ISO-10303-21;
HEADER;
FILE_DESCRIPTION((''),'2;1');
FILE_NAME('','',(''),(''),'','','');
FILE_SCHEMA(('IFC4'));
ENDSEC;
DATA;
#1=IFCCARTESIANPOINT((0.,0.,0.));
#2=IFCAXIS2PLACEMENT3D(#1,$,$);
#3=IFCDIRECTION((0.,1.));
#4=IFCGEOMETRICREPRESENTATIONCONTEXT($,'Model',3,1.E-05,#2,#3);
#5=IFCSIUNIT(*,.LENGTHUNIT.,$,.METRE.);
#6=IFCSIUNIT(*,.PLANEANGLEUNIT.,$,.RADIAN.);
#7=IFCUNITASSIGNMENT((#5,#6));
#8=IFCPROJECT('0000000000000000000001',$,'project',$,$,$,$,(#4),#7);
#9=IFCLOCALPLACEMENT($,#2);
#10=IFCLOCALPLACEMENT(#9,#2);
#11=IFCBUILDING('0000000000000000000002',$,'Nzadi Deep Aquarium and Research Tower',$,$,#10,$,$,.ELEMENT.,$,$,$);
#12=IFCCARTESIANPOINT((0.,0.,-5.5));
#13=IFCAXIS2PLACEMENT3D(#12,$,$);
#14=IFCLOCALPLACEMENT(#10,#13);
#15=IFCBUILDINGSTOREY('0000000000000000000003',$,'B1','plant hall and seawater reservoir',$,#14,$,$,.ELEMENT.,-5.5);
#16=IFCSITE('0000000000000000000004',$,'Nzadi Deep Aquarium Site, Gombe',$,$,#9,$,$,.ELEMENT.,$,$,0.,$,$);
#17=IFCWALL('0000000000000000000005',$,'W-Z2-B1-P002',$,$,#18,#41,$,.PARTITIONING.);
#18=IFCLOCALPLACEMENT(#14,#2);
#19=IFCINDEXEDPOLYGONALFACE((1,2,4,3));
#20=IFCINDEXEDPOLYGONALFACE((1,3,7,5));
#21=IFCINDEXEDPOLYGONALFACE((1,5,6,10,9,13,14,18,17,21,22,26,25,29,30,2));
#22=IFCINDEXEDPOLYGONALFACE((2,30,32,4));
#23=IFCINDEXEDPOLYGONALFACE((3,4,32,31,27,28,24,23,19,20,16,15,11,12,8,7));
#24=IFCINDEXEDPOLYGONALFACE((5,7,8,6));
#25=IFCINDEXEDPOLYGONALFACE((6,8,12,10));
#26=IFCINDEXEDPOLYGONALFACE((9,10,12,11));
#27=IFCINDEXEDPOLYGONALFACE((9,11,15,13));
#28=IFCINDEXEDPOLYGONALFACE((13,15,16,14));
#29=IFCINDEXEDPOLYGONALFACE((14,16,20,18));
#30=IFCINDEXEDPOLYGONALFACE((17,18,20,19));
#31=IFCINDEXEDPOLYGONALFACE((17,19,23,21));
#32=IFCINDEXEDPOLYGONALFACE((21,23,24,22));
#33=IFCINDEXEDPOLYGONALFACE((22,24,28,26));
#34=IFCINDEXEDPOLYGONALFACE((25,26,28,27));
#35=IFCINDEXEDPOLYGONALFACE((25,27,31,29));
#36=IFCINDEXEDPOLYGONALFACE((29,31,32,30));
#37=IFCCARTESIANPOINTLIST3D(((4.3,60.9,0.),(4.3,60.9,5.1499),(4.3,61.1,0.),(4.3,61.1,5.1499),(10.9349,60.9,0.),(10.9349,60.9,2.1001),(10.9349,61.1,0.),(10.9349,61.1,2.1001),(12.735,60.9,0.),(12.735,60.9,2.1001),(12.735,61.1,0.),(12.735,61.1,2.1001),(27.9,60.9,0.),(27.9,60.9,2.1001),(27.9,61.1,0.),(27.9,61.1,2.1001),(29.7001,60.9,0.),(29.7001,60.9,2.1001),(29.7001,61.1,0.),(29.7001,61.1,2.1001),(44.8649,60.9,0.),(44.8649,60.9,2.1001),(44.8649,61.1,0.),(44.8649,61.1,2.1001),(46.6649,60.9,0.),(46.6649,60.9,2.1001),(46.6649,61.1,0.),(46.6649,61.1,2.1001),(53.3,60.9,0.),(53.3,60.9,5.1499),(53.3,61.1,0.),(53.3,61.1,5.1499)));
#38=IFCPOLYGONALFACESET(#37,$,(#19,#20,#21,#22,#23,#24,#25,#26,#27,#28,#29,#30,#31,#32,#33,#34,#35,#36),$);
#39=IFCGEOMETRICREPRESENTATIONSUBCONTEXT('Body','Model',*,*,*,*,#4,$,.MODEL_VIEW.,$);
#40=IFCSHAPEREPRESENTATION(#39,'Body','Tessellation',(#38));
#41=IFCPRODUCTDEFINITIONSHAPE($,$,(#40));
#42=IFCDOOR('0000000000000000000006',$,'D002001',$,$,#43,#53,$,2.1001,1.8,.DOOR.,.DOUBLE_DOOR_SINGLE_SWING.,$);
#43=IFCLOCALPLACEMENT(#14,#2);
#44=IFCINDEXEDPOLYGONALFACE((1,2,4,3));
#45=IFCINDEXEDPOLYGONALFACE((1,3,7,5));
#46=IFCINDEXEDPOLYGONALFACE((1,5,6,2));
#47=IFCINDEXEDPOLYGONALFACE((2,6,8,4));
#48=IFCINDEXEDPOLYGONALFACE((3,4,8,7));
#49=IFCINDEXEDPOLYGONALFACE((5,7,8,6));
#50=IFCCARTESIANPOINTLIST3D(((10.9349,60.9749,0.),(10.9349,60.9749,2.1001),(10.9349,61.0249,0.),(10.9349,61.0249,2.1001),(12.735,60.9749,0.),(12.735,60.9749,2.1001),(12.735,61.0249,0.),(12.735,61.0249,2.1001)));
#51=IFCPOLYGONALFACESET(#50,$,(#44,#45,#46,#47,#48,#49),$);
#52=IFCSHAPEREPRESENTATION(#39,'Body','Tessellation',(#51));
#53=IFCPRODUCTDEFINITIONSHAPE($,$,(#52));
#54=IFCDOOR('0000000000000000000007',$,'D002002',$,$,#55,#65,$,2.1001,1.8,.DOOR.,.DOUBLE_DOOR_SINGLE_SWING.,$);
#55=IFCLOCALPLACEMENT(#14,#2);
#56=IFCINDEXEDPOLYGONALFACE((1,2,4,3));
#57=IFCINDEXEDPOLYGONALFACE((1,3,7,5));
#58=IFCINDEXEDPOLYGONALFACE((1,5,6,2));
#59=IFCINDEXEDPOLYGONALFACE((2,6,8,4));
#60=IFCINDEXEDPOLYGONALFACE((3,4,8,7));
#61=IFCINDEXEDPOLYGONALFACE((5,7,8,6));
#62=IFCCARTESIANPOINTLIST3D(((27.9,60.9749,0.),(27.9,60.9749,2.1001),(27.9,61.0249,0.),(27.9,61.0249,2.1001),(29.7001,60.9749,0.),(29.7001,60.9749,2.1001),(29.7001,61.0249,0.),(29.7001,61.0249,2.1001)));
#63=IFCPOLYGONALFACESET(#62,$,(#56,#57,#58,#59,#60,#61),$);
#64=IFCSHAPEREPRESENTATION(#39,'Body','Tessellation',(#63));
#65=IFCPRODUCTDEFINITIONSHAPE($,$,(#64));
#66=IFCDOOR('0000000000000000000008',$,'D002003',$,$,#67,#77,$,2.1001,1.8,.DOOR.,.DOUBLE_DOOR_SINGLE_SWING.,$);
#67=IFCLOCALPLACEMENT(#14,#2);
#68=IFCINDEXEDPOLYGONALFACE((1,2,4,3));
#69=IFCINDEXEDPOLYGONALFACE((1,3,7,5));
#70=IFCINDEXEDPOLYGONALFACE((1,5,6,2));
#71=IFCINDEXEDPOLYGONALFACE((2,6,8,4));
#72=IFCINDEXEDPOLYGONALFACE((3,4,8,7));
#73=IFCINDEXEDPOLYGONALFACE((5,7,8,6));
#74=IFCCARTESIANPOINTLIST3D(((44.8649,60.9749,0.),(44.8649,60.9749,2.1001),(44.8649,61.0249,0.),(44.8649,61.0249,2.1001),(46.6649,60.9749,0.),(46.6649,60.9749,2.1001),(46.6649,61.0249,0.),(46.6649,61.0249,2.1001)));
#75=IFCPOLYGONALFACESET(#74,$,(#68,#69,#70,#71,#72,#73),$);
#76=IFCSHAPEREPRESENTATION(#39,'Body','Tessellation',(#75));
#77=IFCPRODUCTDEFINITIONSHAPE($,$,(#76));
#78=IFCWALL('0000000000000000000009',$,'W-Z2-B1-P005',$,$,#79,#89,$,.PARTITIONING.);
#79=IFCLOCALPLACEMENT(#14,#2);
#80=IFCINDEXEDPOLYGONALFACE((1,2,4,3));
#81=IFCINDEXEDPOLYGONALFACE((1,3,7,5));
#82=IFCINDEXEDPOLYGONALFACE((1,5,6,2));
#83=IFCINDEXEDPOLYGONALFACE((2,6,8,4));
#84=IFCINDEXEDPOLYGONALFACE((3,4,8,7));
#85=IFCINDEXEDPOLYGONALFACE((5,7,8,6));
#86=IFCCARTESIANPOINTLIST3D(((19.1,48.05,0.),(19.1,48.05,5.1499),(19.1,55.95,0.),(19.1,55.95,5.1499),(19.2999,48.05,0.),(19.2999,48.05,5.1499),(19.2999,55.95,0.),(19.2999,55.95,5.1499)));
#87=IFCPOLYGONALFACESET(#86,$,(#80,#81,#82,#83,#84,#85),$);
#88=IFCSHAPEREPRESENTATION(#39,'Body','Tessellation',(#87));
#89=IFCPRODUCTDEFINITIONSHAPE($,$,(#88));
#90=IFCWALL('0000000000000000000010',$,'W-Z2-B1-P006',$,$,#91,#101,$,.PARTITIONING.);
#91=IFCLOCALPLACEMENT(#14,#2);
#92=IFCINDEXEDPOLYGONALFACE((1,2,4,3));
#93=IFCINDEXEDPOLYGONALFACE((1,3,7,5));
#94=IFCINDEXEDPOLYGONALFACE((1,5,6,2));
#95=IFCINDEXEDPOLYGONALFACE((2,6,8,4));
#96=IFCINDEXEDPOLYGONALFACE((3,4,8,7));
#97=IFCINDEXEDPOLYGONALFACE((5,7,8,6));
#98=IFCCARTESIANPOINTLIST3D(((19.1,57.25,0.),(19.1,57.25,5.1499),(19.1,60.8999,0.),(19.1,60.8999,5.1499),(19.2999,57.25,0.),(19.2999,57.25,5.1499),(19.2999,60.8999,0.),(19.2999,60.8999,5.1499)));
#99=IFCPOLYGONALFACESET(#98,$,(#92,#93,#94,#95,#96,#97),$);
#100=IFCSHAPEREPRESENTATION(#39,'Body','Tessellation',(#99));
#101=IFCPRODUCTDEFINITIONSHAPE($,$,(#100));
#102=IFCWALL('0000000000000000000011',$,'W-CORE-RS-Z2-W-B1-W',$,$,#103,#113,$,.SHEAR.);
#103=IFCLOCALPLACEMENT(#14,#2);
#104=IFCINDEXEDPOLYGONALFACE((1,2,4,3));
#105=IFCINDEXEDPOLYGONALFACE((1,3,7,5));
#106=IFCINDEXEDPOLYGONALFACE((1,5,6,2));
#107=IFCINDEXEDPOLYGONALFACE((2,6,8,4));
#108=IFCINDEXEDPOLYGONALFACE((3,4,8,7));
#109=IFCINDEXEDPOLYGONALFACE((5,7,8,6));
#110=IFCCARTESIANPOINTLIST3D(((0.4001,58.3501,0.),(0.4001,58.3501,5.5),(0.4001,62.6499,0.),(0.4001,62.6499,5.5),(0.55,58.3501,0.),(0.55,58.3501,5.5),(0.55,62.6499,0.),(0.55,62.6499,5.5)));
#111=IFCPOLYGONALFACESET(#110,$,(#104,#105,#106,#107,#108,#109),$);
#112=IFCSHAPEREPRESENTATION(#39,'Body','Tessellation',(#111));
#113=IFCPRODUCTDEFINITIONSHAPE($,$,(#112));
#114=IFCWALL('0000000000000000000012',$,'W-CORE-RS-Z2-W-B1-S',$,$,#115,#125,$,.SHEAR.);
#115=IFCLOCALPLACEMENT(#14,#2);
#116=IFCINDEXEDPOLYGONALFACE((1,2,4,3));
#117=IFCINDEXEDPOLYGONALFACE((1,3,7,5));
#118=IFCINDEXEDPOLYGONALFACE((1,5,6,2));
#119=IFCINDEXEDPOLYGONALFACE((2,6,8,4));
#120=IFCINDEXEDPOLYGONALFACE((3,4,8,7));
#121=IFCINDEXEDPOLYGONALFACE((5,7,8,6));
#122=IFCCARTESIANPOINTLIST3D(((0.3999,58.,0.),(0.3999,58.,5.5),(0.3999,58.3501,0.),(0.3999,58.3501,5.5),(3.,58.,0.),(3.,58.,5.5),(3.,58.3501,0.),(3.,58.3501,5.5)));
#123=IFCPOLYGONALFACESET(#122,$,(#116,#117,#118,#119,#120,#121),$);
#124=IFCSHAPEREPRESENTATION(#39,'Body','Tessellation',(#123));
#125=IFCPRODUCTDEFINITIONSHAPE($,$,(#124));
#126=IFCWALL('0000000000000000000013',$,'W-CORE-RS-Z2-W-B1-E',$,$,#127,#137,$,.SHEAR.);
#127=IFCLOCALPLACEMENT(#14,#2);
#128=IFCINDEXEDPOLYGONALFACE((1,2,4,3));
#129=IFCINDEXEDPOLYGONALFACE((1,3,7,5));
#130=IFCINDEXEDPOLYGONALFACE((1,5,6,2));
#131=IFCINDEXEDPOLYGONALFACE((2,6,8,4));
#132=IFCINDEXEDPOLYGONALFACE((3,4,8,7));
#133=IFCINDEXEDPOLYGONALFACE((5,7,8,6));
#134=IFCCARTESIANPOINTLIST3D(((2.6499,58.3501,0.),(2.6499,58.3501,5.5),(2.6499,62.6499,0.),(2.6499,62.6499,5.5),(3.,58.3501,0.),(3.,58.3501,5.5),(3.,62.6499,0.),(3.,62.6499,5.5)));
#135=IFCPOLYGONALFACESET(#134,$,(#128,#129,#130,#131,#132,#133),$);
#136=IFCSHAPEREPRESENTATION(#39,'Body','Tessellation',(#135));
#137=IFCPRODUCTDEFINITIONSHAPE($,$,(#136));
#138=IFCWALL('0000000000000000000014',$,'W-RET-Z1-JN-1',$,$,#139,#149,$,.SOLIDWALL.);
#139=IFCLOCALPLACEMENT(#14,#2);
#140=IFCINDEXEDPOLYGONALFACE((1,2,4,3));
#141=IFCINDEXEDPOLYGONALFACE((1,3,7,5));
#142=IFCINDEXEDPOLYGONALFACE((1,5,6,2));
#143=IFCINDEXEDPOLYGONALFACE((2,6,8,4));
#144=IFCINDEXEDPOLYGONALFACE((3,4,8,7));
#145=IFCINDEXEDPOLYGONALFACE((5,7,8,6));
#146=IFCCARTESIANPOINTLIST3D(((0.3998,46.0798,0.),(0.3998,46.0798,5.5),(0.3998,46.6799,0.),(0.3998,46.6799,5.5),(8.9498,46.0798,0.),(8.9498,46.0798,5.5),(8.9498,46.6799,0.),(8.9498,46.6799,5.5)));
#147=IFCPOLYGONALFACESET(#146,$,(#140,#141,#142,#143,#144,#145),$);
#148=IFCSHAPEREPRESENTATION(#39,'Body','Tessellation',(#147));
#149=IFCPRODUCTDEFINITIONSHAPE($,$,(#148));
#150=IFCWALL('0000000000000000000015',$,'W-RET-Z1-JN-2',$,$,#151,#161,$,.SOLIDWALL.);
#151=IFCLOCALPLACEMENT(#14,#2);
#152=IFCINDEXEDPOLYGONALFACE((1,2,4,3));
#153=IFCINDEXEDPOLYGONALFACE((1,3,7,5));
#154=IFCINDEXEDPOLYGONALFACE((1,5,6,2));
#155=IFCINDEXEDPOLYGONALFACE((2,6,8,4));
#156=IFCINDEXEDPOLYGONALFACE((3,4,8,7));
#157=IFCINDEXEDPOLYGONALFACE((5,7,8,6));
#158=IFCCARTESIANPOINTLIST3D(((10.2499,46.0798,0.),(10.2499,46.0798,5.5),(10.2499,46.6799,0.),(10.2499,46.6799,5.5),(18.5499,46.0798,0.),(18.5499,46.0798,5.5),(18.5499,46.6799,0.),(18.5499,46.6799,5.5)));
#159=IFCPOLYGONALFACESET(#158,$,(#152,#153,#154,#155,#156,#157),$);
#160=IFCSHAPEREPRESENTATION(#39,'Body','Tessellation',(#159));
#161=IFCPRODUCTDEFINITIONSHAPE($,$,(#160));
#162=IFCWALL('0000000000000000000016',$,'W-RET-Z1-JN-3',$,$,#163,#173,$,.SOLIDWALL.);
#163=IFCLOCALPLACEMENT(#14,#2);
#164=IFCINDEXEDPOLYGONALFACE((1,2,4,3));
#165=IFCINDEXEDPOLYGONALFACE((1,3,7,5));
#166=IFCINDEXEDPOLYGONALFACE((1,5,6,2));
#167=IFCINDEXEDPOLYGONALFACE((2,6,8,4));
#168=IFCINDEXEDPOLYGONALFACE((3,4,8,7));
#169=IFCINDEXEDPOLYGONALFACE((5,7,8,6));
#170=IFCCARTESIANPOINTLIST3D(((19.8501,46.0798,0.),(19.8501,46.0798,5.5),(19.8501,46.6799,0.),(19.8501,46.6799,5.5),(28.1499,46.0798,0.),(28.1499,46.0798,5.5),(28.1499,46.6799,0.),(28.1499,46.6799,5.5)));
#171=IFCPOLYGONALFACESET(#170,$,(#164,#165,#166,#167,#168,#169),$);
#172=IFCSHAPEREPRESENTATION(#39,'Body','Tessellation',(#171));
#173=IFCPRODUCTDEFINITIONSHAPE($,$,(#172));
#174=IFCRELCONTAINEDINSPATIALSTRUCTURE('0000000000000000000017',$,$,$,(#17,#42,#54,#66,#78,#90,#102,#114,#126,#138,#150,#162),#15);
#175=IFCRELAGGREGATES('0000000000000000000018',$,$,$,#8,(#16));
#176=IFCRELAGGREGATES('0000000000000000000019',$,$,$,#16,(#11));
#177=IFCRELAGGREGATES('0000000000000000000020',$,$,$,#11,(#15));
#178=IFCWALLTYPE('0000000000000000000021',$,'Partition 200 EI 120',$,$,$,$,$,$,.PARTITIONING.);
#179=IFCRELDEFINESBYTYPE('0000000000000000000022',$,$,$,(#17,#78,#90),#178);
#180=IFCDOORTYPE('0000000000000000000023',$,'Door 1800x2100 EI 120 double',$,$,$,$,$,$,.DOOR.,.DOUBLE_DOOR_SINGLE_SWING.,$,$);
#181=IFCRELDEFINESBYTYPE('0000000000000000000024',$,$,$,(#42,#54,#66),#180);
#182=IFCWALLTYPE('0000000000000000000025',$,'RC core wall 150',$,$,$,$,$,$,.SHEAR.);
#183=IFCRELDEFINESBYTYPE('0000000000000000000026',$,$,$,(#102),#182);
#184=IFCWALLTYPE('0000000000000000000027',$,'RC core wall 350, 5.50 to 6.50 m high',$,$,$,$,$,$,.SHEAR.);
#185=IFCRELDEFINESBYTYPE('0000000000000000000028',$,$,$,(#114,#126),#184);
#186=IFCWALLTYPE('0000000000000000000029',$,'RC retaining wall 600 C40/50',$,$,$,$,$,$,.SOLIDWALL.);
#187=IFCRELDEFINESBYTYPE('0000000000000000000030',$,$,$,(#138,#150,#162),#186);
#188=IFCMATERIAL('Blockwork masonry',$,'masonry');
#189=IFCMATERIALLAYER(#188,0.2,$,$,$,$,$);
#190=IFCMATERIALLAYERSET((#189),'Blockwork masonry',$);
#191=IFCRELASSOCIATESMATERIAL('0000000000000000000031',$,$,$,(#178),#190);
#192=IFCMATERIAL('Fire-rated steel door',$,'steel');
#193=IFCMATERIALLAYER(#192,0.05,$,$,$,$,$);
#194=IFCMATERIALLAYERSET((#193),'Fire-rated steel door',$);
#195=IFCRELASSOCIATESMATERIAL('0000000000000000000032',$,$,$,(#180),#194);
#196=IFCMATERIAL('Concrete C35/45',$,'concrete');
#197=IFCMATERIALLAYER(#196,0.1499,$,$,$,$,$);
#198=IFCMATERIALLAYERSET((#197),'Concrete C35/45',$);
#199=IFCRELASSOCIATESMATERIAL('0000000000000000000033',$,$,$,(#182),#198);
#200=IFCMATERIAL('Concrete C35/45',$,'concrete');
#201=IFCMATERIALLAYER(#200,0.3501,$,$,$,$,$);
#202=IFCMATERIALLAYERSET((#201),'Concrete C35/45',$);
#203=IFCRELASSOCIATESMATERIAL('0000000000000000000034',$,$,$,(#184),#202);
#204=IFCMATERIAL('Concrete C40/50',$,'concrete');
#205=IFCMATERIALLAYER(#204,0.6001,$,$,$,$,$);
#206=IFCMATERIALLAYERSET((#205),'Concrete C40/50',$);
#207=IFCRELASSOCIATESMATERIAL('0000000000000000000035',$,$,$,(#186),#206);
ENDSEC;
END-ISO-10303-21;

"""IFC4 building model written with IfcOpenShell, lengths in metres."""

from ifc_helpers import new_model, si_unit, direction, frame, frame_2d, origin, place, context, subcontext, project, spatial, rectangle, extrude, material, layer, layer_set, type_object, element, fill, save


model = new_model("IFC4")

# Units and contexts
model_context = context("Model", 3, precision=1e-05, world=origin(), true_north=direction((0.0, 1.0)))
body_context = subcontext(model_context, "Body", "Model", "MODEL_VIEW")
ifc_project = project(units=[si_unit("LENGTHUNIT", "METRE"), si_unit("PLANEANGLEUNIT", "RADIAN")], contexts=[model_context])

# Site, building, storey
site_placement = place(None, origin())
site = spatial("IfcSite", under=ifc_project, at=site_placement, Name="Nzadi Deep Aquarium Site, Gombe", CompositionType="ELEMENT", RefElevation=0.0)
building_placement = place(site_placement, origin())
building = spatial("IfcBuilding", under=site, at=building_placement, Name="Nzadi Deep Aquarium and Research Tower", CompositionType="ELEMENT")
storey_placement = place(building_placement, frame((0.0, 0.0, -5.5)))
storey = spatial("IfcBuildingStorey", under=building, at=storey_placement, Name="B1", Description="plant hall and seawater reservoir", CompositionType="ELEMENT", Elevation=-5.5)

# Shared definitions
ifc_material_1 = material(Name="Blockwork masonry", Category="masonry")
ifc_layer_1 = layer(ifc_material_1, 0.2)
ifc_layer_set_1 = layer_set([ifc_layer_1], Name="Blockwork masonry")
wall_type_1 = type_object("IfcWallType", Name="Partition 200 EI 120", PredefinedType="PARTITIONING", material=ifc_layer_set_1)

# Wall, openings, doors
wall_1_placement = place(storey_placement, frame((4.3, 61.0, 0.0), z_axis=(0.0, 0.0, 1.0), x_axis=(1.0, 0.0, 0.0)))
wall_1 = element("IfcWall", 1, at=wall_1_placement, inside=storey, type_object=wall_type_1, Name="W-Z2-B1-P002", PredefinedType="PARTITIONING", context=body_context, shape_type="SweptSolid", body=[
    extrude(rectangle(XDim=49.0, YDim=0.2, at=frame_2d((24.5, 0.0))), origin(), (0.0, 0.0, 1.0), 5.1499),
])
opening_1_placement = place(wall_1_placement, frame((6.635, 0.0, 0.0)))
opening_1 = element("IfcOpeningElement", 2, at=opening_1_placement, cuts=wall_1, PredefinedType="OPENING", context=body_context, shape_type="SweptSolid", body=[
    extrude(rectangle(XDim=1.8, YDim=2.1001, at=frame_2d((0.8999, 1.05))), frame((0.0, 0.1101, 0.0), z_axis=(0.0, -1.0, 0.0), x_axis=(1.0, 0.0, 0.0)), (0.0, 0.0, 1.0), 0.2202),
])
opening_2_placement = place(wall_1_placement, frame((23.6001, 0.0, 0.0)))
opening_2 = element("IfcOpeningElement", 3, at=opening_2_placement, cuts=wall_1, PredefinedType="OPENING", context=body_context, shape_type="SweptSolid", body=[
    extrude(rectangle(XDim=1.8, YDim=2.1001, at=frame_2d((0.8999, 1.05))), frame((0.0, 0.1101, 0.0), z_axis=(0.0, -1.0, 0.0), x_axis=(1.0, 0.0, 0.0)), (0.0, 0.0, 1.0), 0.2202),
])
opening_3_placement = place(wall_1_placement, frame((40.5649, 0.0, 0.0)))
opening_3 = element("IfcOpeningElement", 4, at=opening_3_placement, cuts=wall_1, PredefinedType="OPENING", context=body_context, shape_type="SweptSolid", body=[
    extrude(rectangle(XDim=1.8, YDim=2.1001, at=frame_2d((0.8999, 1.05))), frame((0.0, 0.1101, 0.0), z_axis=(0.0, -1.0, 0.0), x_axis=(1.0, 0.0, 0.0)), (0.0, 0.0, 1.0), 0.2202),
])
ifc_material_2 = material(Name="Fire-rated steel door", Category="steel")
ifc_layer_2 = layer(ifc_material_2, 0.05)
ifc_layer_set_2 = layer_set([ifc_layer_2], Name="Fire-rated steel door")
door_type = type_object("IfcDoorType", Name="Door 1800x2100 EI 120 double", OperationType="DOUBLE_DOOR_SINGLE_SWING", PredefinedType="DOOR", material=ifc_layer_set_2)
door_1_placement = place(opening_1_placement, origin())
door_1 = element("IfcDoor", 5, at=door_1_placement, inside=storey, type_object=door_type, Name="D002001", OperationType="DOUBLE_DOOR_SINGLE_SWING", OverallHeight=2.1001, OverallWidth=1.8, PredefinedType="DOOR", context=body_context, shape_type="SweptSolid", body=[
    extrude(rectangle(XDim=1.8, YDim=2.1001, at=frame_2d((0.8999, 1.05))), frame((0.0, 0.0249, 0.0), z_axis=(0.0, -1.0, 0.0), x_axis=(1.0, 0.0, 0.0)), (0.0, 0.0, 1.0), 0.05),
])
fill(opening_1, door_1)
door_2_placement = place(opening_2_placement, origin())
door_2 = element("IfcDoor", 6, at=door_2_placement, inside=storey, type_object=door_type, Name="D002002", OperationType="DOUBLE_DOOR_SINGLE_SWING", OverallHeight=2.1001, OverallWidth=1.8, PredefinedType="DOOR", context=body_context, shape_type="SweptSolid", body=[
    extrude(rectangle(XDim=1.8, YDim=2.1001, at=frame_2d((0.8999, 1.05))), frame((0.0, 0.0249, 0.0), z_axis=(0.0, -1.0, 0.0), x_axis=(1.0, 0.0, 0.0)), (0.0, 0.0, 1.0), 0.05),
])
fill(opening_2, door_2)
door_3_placement = place(opening_3_placement, origin())
door_3 = element("IfcDoor", 7, at=door_3_placement, inside=storey, type_object=door_type, Name="D002003", OperationType="DOUBLE_DOOR_SINGLE_SWING", OverallHeight=2.1001, OverallWidth=1.8, PredefinedType="DOOR", context=body_context, shape_type="SweptSolid", body=[
    extrude(rectangle(XDim=1.8, YDim=2.1001, at=frame_2d((0.8999, 1.05))), frame((0.0, 0.0249, 0.0), z_axis=(0.0, -1.0, 0.0), x_axis=(1.0, 0.0, 0.0)), (0.0, 0.0, 1.0), 0.05),
])
fill(opening_3, door_3)

# Walls
wall_2_placement = place(storey_placement, frame((19.2, 48.05, 0.0), z_axis=(0.0, 0.0, 1.0), x_axis=(0.0, 1.0, 0.0)))
element("IfcWall", 8, at=wall_2_placement, inside=storey, type_object=wall_type_1, Name="W-Z2-B1-P005", PredefinedType="PARTITIONING", context=body_context, shape_type="SweptSolid", body=[
    extrude(rectangle(XDim=7.8999, YDim=0.2, at=frame_2d((3.95, 0.0))), origin(), (0.0, 0.0, 1.0), 5.1499),
])
wall_3_placement = place(storey_placement, frame((19.2, 57.25, 0.0), z_axis=(0.0, 0.0, 1.0), x_axis=(0.0, 1.0, 0.0)))
element("IfcWall", 9, at=wall_3_placement, inside=storey, type_object=wall_type_1, Name="W-Z2-B1-P006", PredefinedType="PARTITIONING", context=body_context, shape_type="SweptSolid", body=[
    extrude(rectangle(XDim=3.6499, YDim=0.2, at=frame_2d((1.825, 0.0))), origin(), (0.0, 0.0, 1.0), 5.1499),
])
ifc_material_3 = material(Name="Concrete C35/45", Category="concrete")
ifc_layer_3 = layer(ifc_material_3, 0.1499)
ifc_layer_set_3 = layer_set([ifc_layer_3], Name="Concrete C35/45")
wall_type_2 = type_object("IfcWallType", Name="RC core wall 150", PredefinedType="SHEAR", material=ifc_layer_set_3)
wall_4_placement = place(storey_placement, frame((0.4751, 58.3501, 0.0), z_axis=(0.0, 0.0, 1.0), x_axis=(0.0, 1.0, 0.0)))
element("IfcWall", 10, at=wall_4_placement, inside=storey, type_object=wall_type_2, Name="W-CORE-RS-Z2-W-B1-W", PredefinedType="SHEAR", context=body_context, shape_type="SweptSolid", body=[
    extrude(rectangle(XDim=4.2998, YDim=0.1499, at=frame_2d((2.1499, 0.0))), origin(), (0.0, 0.0, 1.0), 5.5),
])
ifc_material_4 = material(Name="Concrete C35/45", Category="concrete")
ifc_layer_4 = layer(ifc_material_4, 0.3501)
ifc_layer_set_4 = layer_set([ifc_layer_4], Name="Concrete C35/45")
wall_type_3 = type_object("IfcWallType", Name="RC core wall 350, 5.50 to 6.50 m high", PredefinedType="SHEAR", material=ifc_layer_set_4)
wall_5_placement = place(storey_placement, frame((0.3999, 58.175, 0.0), z_axis=(0.0, 0.0, 1.0), x_axis=(1.0, 0.0, 0.0)))
element("IfcWall", 11, at=wall_5_placement, inside=storey, type_object=wall_type_3, Name="W-CORE-RS-Z2-W-B1-S", PredefinedType="SHEAR", context=body_context, shape_type="SweptSolid", body=[
    extrude(rectangle(XDim=2.6001, YDim=0.3501, at=frame_2d((1.3, 0.0))), origin(), (0.0, 0.0, 1.0), 5.5),
])
wall_6_placement = place(storey_placement, frame((2.825, 58.3501, 0.0), z_axis=(0.0, 0.0, 1.0), x_axis=(0.0, 1.0, 0.0)))
element("IfcWall", 12, at=wall_6_placement, inside=storey, type_object=wall_type_3, Name="W-CORE-RS-Z2-W-B1-E", PredefinedType="SHEAR", context=body_context, shape_type="SweptSolid", body=[
    extrude(rectangle(XDim=4.2998, YDim=0.3501, at=frame_2d((2.1499, 0.0))), origin(), (0.0, 0.0, 1.0), 5.5),
])
ifc_material_5 = material(Name="Concrete C40/50", Category="concrete")
ifc_layer_5 = layer(ifc_material_5, 0.6001)
ifc_layer_set_5 = layer_set([ifc_layer_5], Name="Concrete C40/50")
wall_type_4 = type_object("IfcWallType", Name="RC retaining wall 600 C40/50", PredefinedType="SOLIDWALL", material=ifc_layer_set_5)
wall_7_placement = place(storey_placement, frame((0.3999, 46.3799, 0.0), z_axis=(0.0, 0.0, 1.0), x_axis=(1.0, 0.0, 0.0)))
element("IfcWall", 13, at=wall_7_placement, inside=storey, type_object=wall_type_4, Name="W-RET-Z1-JN-1", PredefinedType="SOLIDWALL", context=body_context, shape_type="SweptSolid", body=[
    extrude(rectangle(XDim=8.55, YDim=0.6001, at=frame_2d((4.2749, 0.0))), origin(), (0.0, 0.0, 1.0), 5.5),
])
wall_8_placement = place(storey_placement, frame((10.25, 46.3799, 0.0), z_axis=(0.0, 0.0, 1.0), x_axis=(1.0, 0.0, 0.0)))
element("IfcWall", 14, at=wall_8_placement, inside=storey, type_object=wall_type_4, Name="W-RET-Z1-JN-2", PredefinedType="SOLIDWALL", context=body_context, shape_type="SweptSolid", body=[
    extrude(rectangle(XDim=8.3, YDim=0.6001, at=frame_2d((4.1499, 0.0))), origin(), (0.0, 0.0, 1.0), 5.5),
])
wall_9_placement = place(storey_placement, frame((19.8501, 46.3799, 0.0), z_axis=(0.0, 0.0, 1.0), x_axis=(1.0, 0.0, 0.0)))
element("IfcWall", 15, at=wall_9_placement, inside=storey, type_object=wall_type_4, Name="W-RET-Z1-JN-3", PredefinedType="SOLIDWALL", context=body_context, shape_type="SweptSolid", body=[
    extrude(rectangle(XDim=8.2998, YDim=0.6001, at=frame_2d((4.1499, 0.0))), origin(), (0.0, 0.0, 1.0), 5.5),
])

save(model, "model.ifc")
